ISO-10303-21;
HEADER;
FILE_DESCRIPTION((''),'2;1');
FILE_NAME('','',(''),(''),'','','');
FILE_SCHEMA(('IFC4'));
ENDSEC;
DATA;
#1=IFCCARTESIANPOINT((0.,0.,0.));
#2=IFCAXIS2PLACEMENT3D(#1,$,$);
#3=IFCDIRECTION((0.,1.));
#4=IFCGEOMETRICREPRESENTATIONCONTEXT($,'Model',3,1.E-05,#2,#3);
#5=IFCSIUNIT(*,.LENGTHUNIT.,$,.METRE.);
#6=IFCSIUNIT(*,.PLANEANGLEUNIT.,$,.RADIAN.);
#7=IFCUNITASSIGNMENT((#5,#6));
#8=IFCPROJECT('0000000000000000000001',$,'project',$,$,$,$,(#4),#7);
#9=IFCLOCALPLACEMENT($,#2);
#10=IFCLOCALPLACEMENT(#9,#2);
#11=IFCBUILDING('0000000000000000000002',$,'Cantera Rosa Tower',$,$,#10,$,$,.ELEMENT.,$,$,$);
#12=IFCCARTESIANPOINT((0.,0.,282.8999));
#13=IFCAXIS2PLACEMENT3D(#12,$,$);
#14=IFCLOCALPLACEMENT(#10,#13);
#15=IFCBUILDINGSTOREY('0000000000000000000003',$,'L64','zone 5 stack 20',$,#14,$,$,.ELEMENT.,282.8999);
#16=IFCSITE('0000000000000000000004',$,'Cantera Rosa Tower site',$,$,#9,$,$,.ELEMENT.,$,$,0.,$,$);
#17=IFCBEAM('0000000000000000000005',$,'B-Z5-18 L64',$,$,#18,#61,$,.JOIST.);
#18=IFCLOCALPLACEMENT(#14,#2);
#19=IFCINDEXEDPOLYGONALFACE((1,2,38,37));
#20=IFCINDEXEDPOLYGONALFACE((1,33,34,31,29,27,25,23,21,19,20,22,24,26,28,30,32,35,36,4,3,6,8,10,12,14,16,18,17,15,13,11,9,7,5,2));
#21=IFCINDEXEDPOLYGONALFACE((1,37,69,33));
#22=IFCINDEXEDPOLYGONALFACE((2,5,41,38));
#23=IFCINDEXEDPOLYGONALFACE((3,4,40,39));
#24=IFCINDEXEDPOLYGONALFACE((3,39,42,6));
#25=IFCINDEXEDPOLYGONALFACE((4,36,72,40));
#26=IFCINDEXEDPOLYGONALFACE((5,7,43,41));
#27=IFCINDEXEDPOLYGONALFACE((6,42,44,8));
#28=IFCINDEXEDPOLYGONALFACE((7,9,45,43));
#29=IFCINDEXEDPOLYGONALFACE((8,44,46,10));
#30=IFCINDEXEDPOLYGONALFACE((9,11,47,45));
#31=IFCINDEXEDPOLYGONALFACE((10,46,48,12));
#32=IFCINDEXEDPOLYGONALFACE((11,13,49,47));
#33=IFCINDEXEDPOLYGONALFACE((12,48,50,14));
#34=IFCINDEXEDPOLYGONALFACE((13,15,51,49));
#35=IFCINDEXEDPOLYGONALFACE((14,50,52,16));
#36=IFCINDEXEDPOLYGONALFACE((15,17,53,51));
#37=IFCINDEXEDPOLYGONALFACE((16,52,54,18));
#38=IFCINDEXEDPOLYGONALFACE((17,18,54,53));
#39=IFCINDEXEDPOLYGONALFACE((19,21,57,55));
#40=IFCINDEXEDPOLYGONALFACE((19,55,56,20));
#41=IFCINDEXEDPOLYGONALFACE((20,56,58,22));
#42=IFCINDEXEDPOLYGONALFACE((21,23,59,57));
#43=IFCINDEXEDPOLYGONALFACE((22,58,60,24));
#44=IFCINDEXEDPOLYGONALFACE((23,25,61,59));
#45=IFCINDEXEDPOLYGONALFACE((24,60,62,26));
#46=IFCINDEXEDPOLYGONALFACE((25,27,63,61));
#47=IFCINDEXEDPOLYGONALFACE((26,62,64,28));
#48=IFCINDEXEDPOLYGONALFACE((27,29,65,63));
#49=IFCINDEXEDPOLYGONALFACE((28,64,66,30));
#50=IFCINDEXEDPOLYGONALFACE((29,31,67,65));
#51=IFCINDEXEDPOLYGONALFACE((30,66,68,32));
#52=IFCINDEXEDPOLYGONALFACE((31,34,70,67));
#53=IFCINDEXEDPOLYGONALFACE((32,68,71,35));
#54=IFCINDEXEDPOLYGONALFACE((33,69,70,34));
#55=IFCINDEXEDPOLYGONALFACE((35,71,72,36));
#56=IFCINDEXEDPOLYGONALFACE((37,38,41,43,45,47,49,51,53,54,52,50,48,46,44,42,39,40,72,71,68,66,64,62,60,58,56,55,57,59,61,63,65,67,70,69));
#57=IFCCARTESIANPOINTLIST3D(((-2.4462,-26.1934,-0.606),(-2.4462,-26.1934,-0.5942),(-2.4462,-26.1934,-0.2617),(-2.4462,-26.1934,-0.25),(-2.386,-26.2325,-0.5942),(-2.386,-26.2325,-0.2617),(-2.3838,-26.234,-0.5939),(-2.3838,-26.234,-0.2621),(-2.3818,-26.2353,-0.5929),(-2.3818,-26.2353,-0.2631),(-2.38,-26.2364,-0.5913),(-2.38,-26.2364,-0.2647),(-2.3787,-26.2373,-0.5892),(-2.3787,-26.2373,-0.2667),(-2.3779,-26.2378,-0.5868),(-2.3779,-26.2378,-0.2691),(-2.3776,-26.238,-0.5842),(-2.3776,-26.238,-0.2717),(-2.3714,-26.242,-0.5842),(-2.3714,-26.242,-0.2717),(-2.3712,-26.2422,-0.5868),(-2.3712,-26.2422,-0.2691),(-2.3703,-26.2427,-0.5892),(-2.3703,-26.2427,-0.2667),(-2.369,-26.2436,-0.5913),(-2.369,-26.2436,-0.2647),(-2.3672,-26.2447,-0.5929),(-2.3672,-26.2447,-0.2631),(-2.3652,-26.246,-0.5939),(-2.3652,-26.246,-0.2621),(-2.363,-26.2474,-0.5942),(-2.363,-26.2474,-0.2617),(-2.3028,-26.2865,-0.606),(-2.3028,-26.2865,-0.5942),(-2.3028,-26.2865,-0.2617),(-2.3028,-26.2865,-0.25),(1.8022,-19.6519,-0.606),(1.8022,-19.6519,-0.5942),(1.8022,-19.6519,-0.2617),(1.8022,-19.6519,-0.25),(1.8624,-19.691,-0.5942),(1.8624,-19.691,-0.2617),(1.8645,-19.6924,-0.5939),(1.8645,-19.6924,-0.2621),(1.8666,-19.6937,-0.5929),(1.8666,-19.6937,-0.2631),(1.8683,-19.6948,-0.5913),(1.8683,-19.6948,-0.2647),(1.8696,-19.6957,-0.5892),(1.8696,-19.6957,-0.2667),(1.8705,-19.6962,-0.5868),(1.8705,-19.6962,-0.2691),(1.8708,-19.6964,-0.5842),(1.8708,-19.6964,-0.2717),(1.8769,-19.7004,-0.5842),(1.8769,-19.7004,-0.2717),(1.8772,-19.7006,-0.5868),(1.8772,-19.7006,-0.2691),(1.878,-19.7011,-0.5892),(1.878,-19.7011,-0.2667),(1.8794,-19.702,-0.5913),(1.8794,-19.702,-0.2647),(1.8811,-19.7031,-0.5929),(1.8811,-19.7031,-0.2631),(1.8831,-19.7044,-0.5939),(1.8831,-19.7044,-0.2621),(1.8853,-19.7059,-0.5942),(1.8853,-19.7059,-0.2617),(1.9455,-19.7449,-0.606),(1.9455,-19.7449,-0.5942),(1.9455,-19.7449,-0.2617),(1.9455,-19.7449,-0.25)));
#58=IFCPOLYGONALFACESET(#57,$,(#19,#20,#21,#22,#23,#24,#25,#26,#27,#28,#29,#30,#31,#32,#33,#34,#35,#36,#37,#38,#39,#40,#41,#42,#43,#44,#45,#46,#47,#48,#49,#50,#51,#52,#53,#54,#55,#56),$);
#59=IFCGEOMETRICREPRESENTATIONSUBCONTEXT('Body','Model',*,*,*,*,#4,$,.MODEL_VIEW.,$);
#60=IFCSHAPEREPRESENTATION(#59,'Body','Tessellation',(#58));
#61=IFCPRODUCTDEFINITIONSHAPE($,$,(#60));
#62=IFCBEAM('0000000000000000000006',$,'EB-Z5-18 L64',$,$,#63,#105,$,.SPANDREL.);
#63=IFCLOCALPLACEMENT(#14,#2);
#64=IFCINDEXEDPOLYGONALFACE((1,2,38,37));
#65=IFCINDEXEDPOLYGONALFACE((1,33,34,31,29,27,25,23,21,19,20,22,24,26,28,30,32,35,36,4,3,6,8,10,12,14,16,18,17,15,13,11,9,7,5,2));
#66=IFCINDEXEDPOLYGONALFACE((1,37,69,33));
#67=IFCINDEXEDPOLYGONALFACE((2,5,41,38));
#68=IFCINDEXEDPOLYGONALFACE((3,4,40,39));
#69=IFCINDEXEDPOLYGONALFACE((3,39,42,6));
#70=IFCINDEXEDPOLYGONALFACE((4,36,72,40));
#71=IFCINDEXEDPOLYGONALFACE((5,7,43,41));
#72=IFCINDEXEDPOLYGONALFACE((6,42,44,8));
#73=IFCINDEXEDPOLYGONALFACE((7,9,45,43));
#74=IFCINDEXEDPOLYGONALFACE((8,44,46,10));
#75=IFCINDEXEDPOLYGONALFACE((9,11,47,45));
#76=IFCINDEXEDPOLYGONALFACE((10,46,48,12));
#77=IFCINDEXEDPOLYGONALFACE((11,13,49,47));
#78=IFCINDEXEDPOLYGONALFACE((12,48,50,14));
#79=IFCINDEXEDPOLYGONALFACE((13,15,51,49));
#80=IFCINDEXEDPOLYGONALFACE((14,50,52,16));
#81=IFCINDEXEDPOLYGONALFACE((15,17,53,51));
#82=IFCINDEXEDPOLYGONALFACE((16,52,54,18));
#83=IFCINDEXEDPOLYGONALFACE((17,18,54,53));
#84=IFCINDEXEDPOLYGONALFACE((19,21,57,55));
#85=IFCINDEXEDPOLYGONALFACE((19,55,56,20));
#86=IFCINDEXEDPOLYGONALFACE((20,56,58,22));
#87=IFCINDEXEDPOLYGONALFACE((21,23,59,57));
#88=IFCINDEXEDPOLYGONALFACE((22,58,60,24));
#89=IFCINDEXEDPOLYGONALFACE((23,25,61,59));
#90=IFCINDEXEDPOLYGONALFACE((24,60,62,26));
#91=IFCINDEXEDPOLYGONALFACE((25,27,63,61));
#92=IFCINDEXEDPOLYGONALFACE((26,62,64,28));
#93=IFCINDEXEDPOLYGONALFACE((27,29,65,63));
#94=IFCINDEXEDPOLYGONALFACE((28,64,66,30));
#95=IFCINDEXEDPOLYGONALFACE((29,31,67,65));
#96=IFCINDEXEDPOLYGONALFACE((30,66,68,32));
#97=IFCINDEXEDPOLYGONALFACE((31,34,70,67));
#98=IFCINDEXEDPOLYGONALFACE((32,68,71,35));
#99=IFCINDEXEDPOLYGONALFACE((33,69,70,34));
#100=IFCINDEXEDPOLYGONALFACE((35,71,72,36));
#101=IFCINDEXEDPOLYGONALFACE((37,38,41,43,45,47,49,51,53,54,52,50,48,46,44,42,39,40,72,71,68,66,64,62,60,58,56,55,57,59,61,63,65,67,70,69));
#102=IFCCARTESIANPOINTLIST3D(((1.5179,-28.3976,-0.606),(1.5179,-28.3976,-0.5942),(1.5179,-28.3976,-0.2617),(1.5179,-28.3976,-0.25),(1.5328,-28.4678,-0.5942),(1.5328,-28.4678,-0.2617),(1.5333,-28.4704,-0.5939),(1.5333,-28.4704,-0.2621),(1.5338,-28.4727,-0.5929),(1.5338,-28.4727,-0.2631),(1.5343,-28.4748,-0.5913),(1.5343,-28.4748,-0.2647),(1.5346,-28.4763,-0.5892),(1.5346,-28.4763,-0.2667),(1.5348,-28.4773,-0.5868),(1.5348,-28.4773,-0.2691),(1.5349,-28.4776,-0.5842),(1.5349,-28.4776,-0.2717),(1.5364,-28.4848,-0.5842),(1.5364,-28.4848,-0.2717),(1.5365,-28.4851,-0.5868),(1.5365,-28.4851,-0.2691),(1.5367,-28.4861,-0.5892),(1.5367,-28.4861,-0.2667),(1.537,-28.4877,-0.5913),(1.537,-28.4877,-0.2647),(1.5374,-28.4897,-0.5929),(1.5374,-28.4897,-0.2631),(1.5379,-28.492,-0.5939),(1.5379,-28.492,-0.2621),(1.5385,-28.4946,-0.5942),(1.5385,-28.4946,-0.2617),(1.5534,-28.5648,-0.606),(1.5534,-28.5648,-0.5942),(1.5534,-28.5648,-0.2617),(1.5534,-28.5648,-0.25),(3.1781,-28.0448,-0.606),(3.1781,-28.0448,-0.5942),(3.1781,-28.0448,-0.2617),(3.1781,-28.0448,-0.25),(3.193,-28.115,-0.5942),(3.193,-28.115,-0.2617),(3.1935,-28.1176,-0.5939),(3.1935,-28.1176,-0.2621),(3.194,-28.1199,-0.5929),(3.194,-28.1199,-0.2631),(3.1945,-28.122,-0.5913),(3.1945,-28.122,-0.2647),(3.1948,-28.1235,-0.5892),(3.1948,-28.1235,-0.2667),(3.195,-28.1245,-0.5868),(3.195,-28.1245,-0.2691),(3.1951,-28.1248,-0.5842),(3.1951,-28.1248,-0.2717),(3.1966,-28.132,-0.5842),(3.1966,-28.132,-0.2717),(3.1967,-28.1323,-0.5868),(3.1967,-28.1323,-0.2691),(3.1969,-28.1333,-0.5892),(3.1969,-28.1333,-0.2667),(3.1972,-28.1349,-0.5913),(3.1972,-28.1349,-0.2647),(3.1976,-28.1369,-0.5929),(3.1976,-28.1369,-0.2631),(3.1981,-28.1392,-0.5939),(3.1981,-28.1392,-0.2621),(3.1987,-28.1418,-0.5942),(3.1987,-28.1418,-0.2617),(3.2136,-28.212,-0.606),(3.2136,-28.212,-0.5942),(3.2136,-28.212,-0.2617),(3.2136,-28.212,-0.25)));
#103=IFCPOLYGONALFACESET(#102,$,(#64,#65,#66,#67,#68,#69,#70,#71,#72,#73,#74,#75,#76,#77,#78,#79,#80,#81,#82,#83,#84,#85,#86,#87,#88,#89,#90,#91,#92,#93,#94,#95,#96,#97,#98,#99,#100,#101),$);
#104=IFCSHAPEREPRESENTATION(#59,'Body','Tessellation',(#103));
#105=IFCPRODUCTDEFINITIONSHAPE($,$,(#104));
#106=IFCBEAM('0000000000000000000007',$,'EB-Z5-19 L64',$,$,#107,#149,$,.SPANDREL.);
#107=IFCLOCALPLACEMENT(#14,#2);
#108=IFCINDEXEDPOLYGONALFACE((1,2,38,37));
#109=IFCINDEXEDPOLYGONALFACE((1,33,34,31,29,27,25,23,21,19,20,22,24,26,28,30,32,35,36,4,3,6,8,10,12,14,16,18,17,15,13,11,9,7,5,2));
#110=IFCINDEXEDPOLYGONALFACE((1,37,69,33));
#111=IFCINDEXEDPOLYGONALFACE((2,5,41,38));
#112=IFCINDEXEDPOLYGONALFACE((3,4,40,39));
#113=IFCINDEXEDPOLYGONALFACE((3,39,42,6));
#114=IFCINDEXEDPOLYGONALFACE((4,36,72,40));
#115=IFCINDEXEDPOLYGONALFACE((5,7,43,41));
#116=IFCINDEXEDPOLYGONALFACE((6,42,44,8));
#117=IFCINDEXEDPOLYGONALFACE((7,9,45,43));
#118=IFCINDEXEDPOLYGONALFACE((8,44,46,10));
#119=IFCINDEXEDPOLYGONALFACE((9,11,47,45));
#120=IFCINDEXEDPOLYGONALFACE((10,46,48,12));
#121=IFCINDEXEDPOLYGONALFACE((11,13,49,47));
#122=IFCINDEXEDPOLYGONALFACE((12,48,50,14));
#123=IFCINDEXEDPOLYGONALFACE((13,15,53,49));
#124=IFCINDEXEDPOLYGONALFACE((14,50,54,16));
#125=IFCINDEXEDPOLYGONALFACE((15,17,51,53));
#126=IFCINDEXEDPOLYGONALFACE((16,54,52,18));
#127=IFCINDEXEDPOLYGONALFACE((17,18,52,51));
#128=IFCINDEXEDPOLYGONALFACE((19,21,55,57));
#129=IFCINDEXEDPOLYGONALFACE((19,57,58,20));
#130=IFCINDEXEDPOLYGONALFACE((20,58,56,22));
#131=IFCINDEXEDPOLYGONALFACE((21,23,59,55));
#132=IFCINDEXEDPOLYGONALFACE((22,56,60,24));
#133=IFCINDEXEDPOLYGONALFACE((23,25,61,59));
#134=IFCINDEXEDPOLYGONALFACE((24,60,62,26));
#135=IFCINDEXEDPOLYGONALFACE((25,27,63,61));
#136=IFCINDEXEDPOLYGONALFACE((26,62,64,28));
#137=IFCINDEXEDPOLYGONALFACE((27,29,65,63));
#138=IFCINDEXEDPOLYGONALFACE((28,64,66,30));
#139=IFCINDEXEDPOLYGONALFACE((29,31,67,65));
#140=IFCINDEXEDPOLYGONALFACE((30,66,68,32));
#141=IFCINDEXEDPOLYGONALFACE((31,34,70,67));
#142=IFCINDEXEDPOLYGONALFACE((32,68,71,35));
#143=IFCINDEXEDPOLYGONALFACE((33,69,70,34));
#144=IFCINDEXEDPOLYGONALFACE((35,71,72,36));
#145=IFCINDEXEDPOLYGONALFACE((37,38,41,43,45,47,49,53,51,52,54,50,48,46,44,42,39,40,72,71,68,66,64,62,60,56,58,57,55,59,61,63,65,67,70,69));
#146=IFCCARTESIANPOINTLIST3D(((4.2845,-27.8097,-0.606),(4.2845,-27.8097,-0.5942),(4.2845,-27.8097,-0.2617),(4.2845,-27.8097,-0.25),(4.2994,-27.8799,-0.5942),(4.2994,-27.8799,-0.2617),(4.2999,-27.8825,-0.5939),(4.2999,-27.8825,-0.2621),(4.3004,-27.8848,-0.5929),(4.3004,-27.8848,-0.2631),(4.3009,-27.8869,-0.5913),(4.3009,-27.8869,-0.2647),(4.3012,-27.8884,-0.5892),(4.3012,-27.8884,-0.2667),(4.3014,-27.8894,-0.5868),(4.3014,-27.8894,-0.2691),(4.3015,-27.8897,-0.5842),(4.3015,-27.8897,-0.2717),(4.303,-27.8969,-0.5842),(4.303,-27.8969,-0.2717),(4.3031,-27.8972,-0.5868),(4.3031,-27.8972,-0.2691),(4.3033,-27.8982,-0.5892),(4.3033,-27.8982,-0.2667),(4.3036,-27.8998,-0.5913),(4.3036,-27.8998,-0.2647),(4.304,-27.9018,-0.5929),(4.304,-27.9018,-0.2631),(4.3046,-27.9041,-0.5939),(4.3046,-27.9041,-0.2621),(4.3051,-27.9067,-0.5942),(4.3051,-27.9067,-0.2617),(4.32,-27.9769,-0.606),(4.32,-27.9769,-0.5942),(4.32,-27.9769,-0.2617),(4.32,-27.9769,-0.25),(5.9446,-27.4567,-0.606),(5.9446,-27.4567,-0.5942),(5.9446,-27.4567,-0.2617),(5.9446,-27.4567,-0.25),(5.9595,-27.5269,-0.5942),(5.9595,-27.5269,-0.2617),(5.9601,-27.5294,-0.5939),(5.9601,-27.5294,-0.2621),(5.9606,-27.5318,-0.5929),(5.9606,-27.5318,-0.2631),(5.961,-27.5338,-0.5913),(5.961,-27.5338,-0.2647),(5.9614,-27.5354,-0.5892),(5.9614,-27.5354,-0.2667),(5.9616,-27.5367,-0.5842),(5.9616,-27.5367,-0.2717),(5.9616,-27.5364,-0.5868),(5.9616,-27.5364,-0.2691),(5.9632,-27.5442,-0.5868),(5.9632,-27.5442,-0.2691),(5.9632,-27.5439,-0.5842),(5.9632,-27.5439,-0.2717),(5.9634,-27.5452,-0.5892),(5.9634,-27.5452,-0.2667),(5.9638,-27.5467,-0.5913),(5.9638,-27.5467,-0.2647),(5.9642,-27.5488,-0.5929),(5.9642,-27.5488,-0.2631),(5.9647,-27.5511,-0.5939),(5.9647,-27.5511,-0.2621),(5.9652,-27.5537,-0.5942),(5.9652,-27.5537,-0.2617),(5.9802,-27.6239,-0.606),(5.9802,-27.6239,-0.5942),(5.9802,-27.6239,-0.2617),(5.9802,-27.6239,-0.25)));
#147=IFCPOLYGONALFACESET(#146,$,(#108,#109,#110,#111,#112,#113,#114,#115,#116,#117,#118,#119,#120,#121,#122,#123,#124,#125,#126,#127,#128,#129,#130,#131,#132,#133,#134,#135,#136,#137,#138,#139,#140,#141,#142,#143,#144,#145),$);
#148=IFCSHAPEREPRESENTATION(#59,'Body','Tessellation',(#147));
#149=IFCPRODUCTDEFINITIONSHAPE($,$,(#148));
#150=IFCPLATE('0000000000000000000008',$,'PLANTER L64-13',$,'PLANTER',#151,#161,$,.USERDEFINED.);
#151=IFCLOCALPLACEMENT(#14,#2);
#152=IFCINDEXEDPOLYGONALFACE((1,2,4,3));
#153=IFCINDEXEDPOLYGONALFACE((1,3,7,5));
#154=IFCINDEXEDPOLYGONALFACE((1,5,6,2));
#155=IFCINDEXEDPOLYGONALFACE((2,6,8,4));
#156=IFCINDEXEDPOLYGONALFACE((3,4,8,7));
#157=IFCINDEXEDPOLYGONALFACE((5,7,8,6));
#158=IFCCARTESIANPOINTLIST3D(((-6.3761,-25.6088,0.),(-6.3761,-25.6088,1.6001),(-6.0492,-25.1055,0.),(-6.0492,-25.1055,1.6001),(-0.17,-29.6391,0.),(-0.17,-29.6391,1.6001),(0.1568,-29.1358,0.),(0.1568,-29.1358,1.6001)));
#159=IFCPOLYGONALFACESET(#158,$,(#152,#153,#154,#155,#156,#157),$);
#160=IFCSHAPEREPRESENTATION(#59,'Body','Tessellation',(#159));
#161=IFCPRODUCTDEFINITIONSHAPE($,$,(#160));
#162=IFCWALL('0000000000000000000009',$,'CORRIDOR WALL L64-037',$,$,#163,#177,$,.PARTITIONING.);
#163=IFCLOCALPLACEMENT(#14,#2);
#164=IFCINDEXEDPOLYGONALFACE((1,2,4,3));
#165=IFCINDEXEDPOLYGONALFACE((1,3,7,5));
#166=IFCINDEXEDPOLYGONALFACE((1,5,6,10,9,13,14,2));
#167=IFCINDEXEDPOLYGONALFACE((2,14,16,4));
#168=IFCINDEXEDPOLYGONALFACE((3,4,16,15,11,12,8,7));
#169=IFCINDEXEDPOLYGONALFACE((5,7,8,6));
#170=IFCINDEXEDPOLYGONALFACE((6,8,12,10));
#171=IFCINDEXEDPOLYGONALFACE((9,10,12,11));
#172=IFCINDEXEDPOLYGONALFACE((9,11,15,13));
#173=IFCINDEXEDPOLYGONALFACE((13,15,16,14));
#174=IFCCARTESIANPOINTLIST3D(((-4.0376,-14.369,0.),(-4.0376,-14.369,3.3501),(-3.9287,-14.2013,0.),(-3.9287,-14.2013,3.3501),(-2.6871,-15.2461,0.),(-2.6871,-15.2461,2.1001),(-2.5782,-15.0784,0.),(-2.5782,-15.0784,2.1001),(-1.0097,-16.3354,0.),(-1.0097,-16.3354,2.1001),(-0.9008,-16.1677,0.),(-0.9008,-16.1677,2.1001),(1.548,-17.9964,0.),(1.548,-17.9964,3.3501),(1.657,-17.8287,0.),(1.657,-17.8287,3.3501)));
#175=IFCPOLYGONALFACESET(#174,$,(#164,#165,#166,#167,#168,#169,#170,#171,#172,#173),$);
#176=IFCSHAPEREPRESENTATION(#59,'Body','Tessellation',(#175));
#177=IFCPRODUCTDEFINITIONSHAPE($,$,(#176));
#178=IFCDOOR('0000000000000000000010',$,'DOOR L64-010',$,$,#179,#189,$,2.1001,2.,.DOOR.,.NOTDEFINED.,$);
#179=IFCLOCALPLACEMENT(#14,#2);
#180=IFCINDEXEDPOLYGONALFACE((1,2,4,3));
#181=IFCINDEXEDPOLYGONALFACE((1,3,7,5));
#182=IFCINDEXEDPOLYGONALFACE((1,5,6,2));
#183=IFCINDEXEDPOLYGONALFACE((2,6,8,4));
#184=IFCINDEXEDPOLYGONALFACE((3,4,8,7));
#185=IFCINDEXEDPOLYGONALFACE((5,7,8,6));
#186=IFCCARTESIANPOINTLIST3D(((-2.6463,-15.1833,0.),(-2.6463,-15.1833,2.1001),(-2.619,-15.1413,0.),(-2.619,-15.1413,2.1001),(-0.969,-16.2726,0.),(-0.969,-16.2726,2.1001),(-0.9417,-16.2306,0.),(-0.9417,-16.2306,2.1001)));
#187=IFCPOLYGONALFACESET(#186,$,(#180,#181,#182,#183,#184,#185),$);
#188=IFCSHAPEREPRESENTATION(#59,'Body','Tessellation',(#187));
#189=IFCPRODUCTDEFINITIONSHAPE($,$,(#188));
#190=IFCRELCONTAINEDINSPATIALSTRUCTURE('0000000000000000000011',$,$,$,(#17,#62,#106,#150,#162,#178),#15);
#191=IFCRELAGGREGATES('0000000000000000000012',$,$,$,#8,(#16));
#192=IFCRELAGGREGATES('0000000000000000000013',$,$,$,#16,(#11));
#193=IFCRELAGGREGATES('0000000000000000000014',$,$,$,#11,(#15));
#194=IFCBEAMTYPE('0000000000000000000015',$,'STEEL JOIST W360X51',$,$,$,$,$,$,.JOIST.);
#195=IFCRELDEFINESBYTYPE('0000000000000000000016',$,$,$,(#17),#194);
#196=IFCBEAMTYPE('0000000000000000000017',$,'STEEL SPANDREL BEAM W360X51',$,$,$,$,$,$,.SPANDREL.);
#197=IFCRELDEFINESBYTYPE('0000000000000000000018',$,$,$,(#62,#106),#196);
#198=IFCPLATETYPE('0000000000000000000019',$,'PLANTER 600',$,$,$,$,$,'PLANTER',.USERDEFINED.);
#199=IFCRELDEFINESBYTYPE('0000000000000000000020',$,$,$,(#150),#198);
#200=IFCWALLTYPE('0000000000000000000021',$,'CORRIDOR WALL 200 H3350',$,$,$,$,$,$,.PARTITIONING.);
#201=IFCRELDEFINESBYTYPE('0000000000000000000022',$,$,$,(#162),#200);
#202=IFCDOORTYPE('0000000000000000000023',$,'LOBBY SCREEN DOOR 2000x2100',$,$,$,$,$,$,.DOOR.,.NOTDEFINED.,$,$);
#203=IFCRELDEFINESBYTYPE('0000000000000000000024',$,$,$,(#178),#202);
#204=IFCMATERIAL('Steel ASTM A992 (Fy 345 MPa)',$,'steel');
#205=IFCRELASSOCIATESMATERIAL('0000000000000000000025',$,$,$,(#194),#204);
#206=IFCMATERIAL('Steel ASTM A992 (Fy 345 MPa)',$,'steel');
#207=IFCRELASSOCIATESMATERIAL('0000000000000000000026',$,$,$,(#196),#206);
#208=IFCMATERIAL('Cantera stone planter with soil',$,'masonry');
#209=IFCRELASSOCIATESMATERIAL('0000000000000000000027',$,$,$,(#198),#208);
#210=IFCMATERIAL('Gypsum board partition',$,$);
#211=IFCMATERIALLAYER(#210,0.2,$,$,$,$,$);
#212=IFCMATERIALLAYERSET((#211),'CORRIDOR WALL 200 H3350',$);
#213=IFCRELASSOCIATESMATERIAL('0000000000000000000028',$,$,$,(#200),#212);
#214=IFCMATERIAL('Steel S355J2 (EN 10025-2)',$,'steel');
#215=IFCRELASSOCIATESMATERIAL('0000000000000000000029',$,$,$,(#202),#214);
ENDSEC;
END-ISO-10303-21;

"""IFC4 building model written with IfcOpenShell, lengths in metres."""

from ifc_helpers import new_model, si_unit, direction, frame, frame_2d, origin, origin_2d, place, context, subcontext, project, spatial, rectangle, i_section, extrude, material, layer, layer_set, material_profile, profile_set, type_object, element, fill, save


model = new_model("IFC4")

# Units and contexts
model_context = context("Model", 3, precision=1e-05, world=origin(), true_north=direction((0.0, 1.0)))
body_context = subcontext(model_context, "Body", "Model", "MODEL_VIEW")
ifc_project = project(units=[si_unit("LENGTHUNIT", "METRE"), si_unit("PLANEANGLEUNIT", "RADIAN")], contexts=[model_context])

# Site, building, storey
site_placement = place(None, origin())
site = spatial("IfcSite", under=ifc_project, at=site_placement, Name="Cantera Rosa Tower site", CompositionType="ELEMENT", RefElevation=0.0)
building_placement = place(site_placement, origin())
building = spatial("IfcBuilding", under=site, at=building_placement, Name="Cantera Rosa Tower", CompositionType="ELEMENT")
storey_placement = place(building_placement, frame((0.0, 0.0, 282.8999)))
storey = spatial("IfcBuildingStorey", under=building, at=storey_placement, Name="L64", Description="zone 5 stack 20", CompositionType="ELEMENT", Elevation=282.8999)

# Beams
ifc_material_1 = material(Name="Steel ASTM A992 (Fy 345 MPa)", Category="steel")
ifc_material_profile_1 = material_profile(ifc_material_1, i_section(OverallWidth=0.1709, OverallDepth=0.356, WebThickness=0.0073, FlangeThickness=0.0117, FilletRadius=0.01, at=origin_2d()), Name="W360X51")
ifc_profile_set_1 = profile_set([ifc_material_profile_1], Name="Steel ASTM A992 (Fy 345 MPa)")
beam_type_1 = type_object("IfcBeamType", Name="STEEL JOIST W360X51", PredefinedType="JOIST", material=ifc_profile_set_1)
beam_1_placement = place(storey_placement, frame((-2.3745, -26.24, -0.428), z_axis=(0.544656, 0.83866, 0.0), x_axis=(-0.83866, 0.544656, 0.0)))
element("IfcBeam", 1, at=beam_1_placement, inside=storey, type_object=beam_type_1, Name="B-Z5-18 L64", PredefinedType="JOIST", context=body_context, shape_type="SweptSolid", body=[
    extrude(i_section(OverallWidth=0.1709, OverallDepth=0.356, WebThickness=0.0073, FlangeThickness=0.0117, FilletRadius=0.01, at=origin_2d()), origin(), (0.0, 0.0, 1.0), 7.8),
])
ifc_material_2 = material(Name="Steel ASTM A992 (Fy 345 MPa)", Category="steel")
ifc_material_profile_2 = material_profile(ifc_material_2, i_section(OverallWidth=0.1709, OverallDepth=0.356, WebThickness=0.0073, FlangeThickness=0.0117, FilletRadius=0.01, at=origin_2d()), Name="W360X51")
ifc_profile_set_2 = profile_set([ifc_material_profile_2], Name="Steel ASTM A992 (Fy 345 MPa)")
beam_type_2 = type_object("IfcBeamType", Name="STEEL SPANDREL BEAM W360X51", PredefinedType="SPANDREL", material=ifc_profile_set_2)
for number, where, z_axis, x_axis, name in (
    (2, (1.5356, -28.4812, -0.428), (0.978159, 0.207859, 0.0), (-0.207859, 0.978159, 0.0), "EB-Z5-18 L64"),
    (3, (4.3022, -27.8933, -0.428), (0.97813, 0.207996, 0.0), (-0.207996, 0.97813, 0.0), "EB-Z5-19 L64"),
):
    element("IfcBeam", number, at=place(storey_placement, frame(where, z_axis=z_axis, x_axis=x_axis)), inside=storey, type_object=beam_type_2, Name=name, PredefinedType="SPANDREL", context=body_context, shape_type="SweptSolid", body=[
        extrude(i_section(OverallWidth=0.1709, OverallDepth=0.356, WebThickness=0.0073, FlangeThickness=0.0117, FilletRadius=0.01, at=origin_2d()), origin(), (0.0, 0.0, 1.0), 1.6973),
    ])

# Plate
ifc_material_3 = material(Name="Cantera stone planter with soil", Category="masonry")
plate_type = type_object("IfcPlateType", Name="PLANTER 600", ElementType="PLANTER", PredefinedType="USERDEFINED", material=ifc_material_3)
plate_placement = place(storey_placement, frame((-3.1096, -27.3723, 0.0), z_axis=(0.0, 0.0, 1.0), x_axis=(0.838671, -0.544639, 0.0)))
element("IfcPlate", 4, at=plate_placement, inside=storey, type_object=plate_type, Name="PLANTER L64-13", ObjectType="PLANTER", PredefinedType="USERDEFINED", context=body_context, shape_type="SweptSolid", body=[
    extrude(rectangle(XDim=7.3999, YDim=0.6001, at=origin_2d()), origin(), (0.0, 0.0, 1.0), 1.6001),
])

# Wall, opening, door
ifc_material_4 = material(Name="Gypsum board partition")
ifc_layer_1 = layer(ifc_material_4, 0.2)
ifc_layer_set_1 = layer_set([ifc_layer_1], Name="CORRIDOR WALL 200 H3350")
wall_type_1 = type_object("IfcWallType", Name="CORRIDOR WALL 200 H3350", PredefinedType="PARTITIONING", material=ifc_layer_set_1)
wall_1_placement = place(storey_placement, frame((-3.9832, -14.2852, 0.0), z_axis=(0.0, 0.0, 1.0), x_axis=(0.838667, -0.544644, 0.0)))
wall_1 = element("IfcWall", 5, at=wall_1_placement, inside=storey, type_object=wall_type_1, Name="CORRIDOR WALL L64-037", PredefinedType="PARTITIONING", context=body_context, shape_type="SweptSolid", body=[
    extrude(rectangle(XDim=6.6602, YDim=0.2, at=frame_2d((3.3301, 0.0))), origin(), (0.0, 0.0, 1.0), 3.3501),
])
opening_1_placement = place(wall_1_placement, frame((1.6104, 0.0, 0.0)))
opening_1 = element("IfcOpeningElement", 6, at=opening_1_placement, cuts=wall_1, PredefinedType="OPENING", context=body_context, shape_type="SweptSolid", body=[
    extrude(rectangle(XDim=2.0, YDim=2.1001, at=frame_2d((1.0, 1.05))), frame((0.0, 0.1099, 0.0), z_axis=(0.0, -1.0, 0.0), x_axis=(1.0, 0.0, 0.0)), (0.0, 0.0, 1.0), 0.22),
])
ifc_material_5 = material(Name="Steel S355J2 (EN 10025-2)", Category="steel")
door_type_1 = type_object("IfcDoorType", Name="LOBBY SCREEN DOOR 2000x2100", OperationType="NOTDEFINED", PredefinedType="DOOR", material=ifc_material_5)
door_1_placement = place(opening_1_placement, origin())
door_1 = element("IfcDoor", 7, at=door_1_placement, inside=storey, type_object=door_type_1, Name="DOOR L64-010", OperationType="NOTDEFINED", OverallHeight=2.1001, OverallWidth=2.0, PredefinedType="DOOR", context=body_context, shape_type="SweptSolid", body=[
    extrude(rectangle(XDim=2.0, YDim=2.1001, at=frame_2d((1.0, 1.05))), frame((0.0, 0.0249, 0.0), z_axis=(0.0, -1.0, 0.0), x_axis=(1.0, 0.0, 0.0)), (0.0, 0.0, 1.0), 0.05),
])
fill(opening_1, door_1)

save(model, "model.ifc")
